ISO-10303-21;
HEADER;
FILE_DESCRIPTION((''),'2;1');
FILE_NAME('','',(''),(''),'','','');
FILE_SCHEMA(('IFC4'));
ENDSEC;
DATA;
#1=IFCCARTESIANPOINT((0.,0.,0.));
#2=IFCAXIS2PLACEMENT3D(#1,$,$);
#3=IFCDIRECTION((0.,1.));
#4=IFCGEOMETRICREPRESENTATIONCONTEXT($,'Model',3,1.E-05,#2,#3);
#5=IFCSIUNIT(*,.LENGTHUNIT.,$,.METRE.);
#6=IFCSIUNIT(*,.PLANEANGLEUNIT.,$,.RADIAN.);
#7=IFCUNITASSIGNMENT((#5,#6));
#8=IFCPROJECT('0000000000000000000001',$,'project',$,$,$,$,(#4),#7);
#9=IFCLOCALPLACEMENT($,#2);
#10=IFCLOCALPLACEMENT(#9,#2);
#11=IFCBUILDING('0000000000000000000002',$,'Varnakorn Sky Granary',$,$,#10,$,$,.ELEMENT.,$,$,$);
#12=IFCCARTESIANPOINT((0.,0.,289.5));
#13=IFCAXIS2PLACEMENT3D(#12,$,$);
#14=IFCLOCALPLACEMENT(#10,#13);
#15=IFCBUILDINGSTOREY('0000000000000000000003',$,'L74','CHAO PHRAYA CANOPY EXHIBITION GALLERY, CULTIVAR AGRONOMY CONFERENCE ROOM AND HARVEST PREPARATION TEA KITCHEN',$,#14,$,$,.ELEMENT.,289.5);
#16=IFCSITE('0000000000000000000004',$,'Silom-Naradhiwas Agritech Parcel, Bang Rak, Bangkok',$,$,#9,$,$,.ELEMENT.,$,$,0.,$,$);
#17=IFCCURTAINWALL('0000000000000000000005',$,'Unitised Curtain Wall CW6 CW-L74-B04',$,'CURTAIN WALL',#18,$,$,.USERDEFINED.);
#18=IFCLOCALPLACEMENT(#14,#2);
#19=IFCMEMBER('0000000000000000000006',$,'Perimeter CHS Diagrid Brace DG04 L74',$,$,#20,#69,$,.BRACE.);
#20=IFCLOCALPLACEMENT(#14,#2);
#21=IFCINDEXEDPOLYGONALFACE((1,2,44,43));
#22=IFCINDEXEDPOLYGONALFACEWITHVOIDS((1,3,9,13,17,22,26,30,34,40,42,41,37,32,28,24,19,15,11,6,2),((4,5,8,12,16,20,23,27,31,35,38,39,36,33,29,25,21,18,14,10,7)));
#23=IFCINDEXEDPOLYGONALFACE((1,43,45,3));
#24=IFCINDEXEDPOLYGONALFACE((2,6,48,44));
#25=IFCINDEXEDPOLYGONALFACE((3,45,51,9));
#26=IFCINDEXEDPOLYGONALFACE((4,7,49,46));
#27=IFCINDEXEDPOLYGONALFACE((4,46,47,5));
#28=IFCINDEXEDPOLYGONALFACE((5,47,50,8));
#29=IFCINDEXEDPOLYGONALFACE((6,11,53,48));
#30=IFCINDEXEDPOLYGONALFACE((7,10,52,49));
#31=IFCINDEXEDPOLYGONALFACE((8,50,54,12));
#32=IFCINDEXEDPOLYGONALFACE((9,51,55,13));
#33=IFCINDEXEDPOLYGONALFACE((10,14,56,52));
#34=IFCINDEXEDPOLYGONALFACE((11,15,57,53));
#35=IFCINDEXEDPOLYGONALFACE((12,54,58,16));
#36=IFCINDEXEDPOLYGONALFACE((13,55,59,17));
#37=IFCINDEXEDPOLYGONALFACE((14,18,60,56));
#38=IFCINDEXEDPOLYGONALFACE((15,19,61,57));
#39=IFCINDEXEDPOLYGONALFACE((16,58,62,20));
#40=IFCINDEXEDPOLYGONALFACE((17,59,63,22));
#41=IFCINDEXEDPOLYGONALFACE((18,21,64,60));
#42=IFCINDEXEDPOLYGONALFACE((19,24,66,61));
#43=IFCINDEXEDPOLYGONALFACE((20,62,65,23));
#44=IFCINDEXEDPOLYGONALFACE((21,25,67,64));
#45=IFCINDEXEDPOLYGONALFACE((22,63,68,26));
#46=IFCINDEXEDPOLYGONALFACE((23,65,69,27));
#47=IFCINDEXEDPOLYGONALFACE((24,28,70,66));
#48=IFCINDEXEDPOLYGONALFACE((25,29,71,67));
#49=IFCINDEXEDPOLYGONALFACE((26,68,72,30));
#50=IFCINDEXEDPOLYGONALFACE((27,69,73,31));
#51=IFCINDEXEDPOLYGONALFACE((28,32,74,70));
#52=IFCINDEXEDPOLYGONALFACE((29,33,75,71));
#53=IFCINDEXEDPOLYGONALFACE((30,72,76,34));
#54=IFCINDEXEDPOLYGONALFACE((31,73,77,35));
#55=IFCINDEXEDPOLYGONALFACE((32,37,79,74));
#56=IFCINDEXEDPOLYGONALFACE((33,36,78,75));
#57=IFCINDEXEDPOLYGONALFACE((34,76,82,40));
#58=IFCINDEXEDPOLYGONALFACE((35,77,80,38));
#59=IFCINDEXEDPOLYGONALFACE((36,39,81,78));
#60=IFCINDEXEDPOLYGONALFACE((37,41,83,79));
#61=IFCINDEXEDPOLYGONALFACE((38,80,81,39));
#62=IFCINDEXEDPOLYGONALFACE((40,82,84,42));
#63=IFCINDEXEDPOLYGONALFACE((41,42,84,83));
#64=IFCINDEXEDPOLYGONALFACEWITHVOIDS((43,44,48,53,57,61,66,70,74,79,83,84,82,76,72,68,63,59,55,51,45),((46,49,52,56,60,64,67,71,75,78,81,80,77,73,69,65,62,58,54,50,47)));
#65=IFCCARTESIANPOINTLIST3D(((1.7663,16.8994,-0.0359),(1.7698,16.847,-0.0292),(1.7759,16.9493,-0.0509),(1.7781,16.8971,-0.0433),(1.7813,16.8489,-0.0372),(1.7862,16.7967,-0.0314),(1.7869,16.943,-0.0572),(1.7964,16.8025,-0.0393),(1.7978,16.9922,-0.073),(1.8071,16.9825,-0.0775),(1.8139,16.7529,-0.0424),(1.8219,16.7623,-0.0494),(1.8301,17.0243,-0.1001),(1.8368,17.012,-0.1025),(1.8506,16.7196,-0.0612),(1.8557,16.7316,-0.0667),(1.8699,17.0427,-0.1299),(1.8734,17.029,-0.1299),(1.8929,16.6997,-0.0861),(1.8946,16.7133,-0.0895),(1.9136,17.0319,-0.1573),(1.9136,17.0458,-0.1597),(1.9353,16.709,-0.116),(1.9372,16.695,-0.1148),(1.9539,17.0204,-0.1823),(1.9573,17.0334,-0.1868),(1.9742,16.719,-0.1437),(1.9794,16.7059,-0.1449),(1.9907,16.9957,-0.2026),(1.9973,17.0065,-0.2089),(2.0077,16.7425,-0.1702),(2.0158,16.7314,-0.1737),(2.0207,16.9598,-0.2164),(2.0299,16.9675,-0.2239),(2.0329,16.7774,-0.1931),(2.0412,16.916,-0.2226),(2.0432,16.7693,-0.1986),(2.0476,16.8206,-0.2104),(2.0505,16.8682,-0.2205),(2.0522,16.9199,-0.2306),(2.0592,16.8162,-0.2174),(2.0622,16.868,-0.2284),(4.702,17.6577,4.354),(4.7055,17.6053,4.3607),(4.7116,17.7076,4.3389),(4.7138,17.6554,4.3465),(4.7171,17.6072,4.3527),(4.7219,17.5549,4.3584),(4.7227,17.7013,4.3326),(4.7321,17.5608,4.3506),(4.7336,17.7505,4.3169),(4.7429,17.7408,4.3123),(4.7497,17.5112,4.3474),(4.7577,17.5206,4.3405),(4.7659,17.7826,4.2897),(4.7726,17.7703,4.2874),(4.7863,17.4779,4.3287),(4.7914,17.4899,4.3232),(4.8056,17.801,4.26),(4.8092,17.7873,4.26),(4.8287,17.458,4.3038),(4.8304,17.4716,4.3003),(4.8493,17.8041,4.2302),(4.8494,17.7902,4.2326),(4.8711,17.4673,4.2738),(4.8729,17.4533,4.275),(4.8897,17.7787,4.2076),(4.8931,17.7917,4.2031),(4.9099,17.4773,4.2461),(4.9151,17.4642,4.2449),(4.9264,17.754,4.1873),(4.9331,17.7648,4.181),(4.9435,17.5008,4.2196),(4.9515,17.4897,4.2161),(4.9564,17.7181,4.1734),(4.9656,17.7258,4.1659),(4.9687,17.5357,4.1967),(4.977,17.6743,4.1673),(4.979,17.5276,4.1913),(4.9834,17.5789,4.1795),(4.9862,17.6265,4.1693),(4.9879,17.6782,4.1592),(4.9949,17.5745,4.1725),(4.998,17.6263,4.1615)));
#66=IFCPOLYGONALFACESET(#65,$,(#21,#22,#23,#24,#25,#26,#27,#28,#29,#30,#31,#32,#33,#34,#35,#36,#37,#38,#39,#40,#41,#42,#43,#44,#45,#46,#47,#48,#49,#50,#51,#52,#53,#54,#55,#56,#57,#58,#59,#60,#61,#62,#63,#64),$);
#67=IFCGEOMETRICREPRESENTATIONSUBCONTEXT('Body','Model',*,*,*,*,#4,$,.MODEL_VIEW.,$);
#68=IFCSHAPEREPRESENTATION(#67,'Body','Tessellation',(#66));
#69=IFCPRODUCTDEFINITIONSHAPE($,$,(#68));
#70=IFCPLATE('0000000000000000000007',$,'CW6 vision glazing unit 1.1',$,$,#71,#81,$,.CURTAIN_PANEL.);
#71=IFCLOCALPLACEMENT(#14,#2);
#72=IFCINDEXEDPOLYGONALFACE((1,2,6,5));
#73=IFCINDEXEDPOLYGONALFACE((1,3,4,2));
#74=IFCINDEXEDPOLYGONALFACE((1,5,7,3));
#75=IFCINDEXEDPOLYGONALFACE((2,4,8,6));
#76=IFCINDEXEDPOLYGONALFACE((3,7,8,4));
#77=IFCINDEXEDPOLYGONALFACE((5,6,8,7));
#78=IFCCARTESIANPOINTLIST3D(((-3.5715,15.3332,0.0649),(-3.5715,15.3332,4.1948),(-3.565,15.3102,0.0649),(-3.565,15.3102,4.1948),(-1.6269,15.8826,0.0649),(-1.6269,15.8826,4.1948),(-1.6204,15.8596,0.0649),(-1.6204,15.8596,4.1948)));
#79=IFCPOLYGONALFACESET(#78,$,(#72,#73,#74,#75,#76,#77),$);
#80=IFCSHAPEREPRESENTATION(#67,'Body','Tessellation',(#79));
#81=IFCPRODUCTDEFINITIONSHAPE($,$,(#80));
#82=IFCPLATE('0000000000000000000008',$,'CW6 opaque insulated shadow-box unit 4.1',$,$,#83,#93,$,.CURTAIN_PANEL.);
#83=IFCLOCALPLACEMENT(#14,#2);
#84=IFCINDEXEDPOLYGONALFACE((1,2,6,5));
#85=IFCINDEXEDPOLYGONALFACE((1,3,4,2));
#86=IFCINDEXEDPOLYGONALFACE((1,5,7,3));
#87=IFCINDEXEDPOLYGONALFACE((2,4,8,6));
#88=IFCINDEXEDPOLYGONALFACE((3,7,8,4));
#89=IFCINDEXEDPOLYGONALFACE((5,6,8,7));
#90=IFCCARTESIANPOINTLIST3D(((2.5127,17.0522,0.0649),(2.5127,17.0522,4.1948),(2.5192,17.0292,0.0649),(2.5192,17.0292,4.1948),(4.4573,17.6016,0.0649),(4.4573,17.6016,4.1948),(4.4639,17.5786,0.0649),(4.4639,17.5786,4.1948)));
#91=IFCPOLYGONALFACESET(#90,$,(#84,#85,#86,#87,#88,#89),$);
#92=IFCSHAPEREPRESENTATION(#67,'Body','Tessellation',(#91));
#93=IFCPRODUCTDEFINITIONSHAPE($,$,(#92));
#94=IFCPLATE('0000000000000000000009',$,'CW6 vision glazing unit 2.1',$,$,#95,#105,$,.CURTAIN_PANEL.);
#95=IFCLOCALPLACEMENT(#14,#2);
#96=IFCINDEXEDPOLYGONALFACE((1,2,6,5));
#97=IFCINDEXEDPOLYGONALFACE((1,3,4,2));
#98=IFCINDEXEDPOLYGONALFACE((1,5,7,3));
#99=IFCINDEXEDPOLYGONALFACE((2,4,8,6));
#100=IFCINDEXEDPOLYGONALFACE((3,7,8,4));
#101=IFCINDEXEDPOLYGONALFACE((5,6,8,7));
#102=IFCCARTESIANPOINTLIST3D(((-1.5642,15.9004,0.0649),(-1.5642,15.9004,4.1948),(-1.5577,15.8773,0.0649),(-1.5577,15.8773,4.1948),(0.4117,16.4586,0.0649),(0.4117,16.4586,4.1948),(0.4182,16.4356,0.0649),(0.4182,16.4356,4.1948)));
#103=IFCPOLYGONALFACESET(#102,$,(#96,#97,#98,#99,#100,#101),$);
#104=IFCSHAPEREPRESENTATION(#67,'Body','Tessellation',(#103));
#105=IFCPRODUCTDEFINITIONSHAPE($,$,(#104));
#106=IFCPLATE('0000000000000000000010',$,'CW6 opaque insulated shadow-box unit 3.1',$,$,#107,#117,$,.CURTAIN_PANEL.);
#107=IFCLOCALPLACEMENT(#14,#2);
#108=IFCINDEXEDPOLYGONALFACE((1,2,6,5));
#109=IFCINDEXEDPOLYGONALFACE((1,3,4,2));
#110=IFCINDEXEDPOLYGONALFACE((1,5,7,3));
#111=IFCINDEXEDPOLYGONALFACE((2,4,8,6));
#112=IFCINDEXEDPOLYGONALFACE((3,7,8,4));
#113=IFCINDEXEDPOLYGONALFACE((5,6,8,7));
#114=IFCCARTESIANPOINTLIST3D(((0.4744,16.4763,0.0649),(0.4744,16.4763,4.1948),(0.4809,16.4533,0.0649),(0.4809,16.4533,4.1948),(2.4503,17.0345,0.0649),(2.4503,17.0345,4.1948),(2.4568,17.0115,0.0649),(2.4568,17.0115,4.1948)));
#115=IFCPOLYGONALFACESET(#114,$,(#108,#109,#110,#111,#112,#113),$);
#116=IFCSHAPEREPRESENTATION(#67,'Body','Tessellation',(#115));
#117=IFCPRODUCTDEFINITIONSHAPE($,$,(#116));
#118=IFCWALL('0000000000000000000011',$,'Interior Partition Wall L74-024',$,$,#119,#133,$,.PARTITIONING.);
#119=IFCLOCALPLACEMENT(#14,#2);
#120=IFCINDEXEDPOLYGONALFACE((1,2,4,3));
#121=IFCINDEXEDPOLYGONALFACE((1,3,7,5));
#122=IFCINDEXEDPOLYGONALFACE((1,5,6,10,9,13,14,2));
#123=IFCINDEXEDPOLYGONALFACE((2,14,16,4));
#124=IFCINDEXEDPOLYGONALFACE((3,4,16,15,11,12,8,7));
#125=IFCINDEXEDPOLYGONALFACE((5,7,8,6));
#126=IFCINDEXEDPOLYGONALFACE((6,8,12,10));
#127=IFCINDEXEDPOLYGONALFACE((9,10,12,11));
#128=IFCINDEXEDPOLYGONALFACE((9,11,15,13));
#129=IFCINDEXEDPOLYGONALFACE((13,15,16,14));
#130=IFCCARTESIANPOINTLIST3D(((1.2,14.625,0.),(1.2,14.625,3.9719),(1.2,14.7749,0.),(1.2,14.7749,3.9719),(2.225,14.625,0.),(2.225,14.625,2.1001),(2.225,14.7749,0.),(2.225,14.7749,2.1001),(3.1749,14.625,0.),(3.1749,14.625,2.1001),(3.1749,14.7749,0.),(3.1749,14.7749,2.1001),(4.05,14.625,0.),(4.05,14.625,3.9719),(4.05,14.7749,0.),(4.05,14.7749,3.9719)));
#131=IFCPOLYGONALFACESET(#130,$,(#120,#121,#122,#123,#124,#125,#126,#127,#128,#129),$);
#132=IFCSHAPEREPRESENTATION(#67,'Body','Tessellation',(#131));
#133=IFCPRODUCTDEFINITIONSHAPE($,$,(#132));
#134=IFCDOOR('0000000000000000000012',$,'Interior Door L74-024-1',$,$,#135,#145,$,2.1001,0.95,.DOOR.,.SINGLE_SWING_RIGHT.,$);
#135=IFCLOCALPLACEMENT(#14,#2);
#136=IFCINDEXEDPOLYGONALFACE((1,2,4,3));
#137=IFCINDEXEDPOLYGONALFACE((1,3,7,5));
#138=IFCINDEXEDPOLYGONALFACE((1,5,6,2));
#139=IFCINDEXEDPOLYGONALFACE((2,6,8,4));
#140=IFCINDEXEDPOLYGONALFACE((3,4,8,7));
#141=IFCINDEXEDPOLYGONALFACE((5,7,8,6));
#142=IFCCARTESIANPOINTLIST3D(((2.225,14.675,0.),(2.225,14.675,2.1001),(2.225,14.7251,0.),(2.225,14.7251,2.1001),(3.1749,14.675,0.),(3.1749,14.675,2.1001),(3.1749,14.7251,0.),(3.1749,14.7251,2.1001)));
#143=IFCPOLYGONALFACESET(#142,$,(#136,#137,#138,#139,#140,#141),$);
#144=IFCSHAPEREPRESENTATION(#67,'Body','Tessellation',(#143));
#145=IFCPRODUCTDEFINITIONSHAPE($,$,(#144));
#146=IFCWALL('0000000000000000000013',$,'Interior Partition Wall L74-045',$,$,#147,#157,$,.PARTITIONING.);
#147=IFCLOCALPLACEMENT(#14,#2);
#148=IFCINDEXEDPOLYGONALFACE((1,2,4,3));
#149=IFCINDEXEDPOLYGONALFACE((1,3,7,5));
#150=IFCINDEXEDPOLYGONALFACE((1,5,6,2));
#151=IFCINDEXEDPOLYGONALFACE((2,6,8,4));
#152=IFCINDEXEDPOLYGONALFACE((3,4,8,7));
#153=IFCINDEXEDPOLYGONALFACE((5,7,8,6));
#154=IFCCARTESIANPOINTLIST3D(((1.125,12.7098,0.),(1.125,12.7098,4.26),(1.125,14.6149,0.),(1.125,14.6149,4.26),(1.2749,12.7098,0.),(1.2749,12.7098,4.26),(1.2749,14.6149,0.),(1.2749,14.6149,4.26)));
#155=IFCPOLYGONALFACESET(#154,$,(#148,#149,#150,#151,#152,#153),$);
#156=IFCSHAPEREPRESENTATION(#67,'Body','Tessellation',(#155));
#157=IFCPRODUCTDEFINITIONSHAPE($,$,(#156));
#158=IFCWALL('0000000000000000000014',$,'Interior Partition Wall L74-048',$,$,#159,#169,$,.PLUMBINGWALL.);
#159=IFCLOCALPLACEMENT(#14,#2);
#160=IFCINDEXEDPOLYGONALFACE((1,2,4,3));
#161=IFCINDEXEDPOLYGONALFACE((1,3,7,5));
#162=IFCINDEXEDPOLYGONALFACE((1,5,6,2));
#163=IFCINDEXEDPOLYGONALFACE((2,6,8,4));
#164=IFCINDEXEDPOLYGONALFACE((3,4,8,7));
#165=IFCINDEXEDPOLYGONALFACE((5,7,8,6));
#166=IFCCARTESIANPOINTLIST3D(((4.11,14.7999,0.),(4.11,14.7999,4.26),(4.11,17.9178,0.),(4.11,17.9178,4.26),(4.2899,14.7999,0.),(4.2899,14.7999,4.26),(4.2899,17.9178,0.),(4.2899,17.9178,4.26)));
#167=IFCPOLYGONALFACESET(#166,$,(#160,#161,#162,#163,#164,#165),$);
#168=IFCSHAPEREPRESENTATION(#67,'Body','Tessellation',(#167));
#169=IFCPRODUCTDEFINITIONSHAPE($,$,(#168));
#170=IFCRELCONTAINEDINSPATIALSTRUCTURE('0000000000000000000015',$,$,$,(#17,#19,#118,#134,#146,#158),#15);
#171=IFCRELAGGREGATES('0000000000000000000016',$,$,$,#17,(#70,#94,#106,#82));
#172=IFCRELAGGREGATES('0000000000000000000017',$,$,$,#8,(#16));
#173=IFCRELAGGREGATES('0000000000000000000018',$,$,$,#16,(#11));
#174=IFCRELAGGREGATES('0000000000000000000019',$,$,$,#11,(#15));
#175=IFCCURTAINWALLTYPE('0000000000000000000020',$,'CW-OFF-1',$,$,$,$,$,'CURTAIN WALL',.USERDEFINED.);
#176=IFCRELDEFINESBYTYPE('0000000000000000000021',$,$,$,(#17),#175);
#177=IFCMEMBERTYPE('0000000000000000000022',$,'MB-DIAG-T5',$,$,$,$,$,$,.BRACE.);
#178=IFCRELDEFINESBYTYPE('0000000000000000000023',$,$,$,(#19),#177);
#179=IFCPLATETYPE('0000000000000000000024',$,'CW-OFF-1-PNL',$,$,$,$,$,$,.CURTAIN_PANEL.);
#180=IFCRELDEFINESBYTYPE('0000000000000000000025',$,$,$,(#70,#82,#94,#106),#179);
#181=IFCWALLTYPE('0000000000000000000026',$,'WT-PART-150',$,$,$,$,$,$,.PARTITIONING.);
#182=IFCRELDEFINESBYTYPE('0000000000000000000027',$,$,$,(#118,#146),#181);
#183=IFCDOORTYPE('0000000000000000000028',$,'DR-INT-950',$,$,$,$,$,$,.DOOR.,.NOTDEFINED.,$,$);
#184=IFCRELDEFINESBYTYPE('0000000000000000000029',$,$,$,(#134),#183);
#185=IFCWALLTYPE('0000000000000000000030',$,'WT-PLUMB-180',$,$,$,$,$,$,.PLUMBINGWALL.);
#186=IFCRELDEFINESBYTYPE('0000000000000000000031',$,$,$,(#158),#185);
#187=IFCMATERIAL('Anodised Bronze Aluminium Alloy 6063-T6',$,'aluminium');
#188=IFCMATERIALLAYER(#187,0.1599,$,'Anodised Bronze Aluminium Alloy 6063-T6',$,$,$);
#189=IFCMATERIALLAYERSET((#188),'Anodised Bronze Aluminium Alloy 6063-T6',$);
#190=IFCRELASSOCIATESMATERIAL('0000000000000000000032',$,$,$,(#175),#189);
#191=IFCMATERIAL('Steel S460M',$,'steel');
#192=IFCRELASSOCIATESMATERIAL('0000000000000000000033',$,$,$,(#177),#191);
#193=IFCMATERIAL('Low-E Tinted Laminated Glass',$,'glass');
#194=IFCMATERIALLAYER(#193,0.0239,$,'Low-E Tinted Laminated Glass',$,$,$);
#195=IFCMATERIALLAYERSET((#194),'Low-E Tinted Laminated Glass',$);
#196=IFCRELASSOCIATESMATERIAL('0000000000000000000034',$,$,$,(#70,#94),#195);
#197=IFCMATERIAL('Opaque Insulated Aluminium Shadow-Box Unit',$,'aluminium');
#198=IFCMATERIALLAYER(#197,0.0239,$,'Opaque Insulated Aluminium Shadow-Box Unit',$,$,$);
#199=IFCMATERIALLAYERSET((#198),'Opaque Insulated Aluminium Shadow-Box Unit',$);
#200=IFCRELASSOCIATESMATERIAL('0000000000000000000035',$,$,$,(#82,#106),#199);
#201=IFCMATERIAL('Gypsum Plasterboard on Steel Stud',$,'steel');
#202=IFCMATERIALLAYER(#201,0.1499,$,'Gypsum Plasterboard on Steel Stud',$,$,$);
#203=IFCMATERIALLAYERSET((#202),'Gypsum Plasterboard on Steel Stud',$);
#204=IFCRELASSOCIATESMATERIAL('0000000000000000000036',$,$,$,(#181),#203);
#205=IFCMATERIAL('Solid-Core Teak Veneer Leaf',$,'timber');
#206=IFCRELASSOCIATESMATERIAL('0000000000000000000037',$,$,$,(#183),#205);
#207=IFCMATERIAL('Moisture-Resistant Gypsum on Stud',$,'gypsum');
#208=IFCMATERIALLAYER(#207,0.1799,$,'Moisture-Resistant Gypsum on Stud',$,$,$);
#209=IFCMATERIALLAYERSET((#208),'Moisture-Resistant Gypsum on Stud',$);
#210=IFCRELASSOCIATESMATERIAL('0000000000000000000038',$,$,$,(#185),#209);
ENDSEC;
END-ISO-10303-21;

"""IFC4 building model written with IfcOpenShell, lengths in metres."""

from ifc_helpers import new_model, si_unit, direction, frame, frame_2d, origin, origin_2d, place, context, subcontext, project, spatial, rectangle, hollow_circle, extrude, source, transform, mapped, material, layer, layer_set, material_profile, profile_set, type_object, type_shapes, element, fill, aggregate, save


model = new_model("IFC4")

# Units and contexts
model_context = context("Model", 3, precision=1e-05, world=origin(), true_north=direction((0.0, 1.0)))
body_context = subcontext(model_context, "Body", "Model", "MODEL_VIEW")
ifc_project = project(units=[si_unit("LENGTHUNIT", "METRE"), si_unit("PLANEANGLEUNIT", "RADIAN")], contexts=[model_context])

# Site, building, storey
site_placement = place(None, origin())
site = spatial("IfcSite", under=ifc_project, at=site_placement, Name="Silom-Naradhiwas Agritech Parcel, Bang Rak, Bangkok", CompositionType="ELEMENT", RefElevation=0.0)
building_placement = place(site_placement, origin())
building = spatial("IfcBuilding", under=site, at=building_placement, Name="Varnakorn Sky Granary", CompositionType="ELEMENT")
storey_placement = place(building_placement, frame((0.0, 0.0, 289.5)))
storey = spatial("IfcBuildingStorey", under=building, at=storey_placement, Name="L74", Description="CHAO PHRAYA CANOPY EXHIBITION GALLERY, CULTIVAR AGRONOMY CONFERENCE ROOM AND HARVEST PREPARATION TEA KITCHEN", CompositionType="ELEMENT", Elevation=289.5)

# Shared definitions
ifc_material_1 = material(Name="Steel S460M", Category="steel")

# Curtain wall
ifc_material_2 = material(Name="Anodised Bronze Aluminium Alloy 6063-T6", Category="aluminium")
ifc_layer_1 = layer(ifc_material_2, 0.1599, Name="Anodised Bronze Aluminium Alloy 6063-T6")
ifc_layer_set_1 = layer_set([ifc_layer_1], Name="Anodised Bronze Aluminium Alloy 6063-T6")
curtain_wall_type = type_object("IfcCurtainWallType", Name="CW-OFF-1", ElementType="CURTAIN WALL", PredefinedType="USERDEFINED", material=ifc_layer_set_1)
curtain_wall_placement = place(storey_placement, origin())
curtain_wall = element("IfcCurtainWall", 1, at=curtain_wall_placement, inside=storey, type_object=curtain_wall_type, Name="Unitised Curtain Wall CW6 CW-L74-B04", ObjectType="CURTAIN WALL", PredefinedType="USERDEFINED")

# Member
ifc_material_profile_1 = material_profile(ifc_material_1, hollow_circle(Radius=0.1777, WallThickness=0.0142, at=origin_2d()), Name="CHS 355.6x14")
ifc_profile_set_1 = profile_set([ifc_material_profile_1], Name="Steel S460M")
member_type_1 = type_object("IfcMemberType", Name="MB-DIAG-T5", PredefinedType="BRACE", material=ifc_profile_set_1)
member_1_placement = place(storey_placement, frame((1.9143, 16.8706, -0.1299), z_axis=(0.550262, 0.14213, 0.822807), x_axis=(-0.250087, 0.968223, 0.0)))
element("IfcMember", 2, at=member_1_placement, inside=storey, type_object=member_type_1, Name="Perimeter CHS Diagrid Brace DG04 L74", PredefinedType="BRACE", context=body_context, shape_type="SweptSolid", body=[
    extrude(hollow_circle(Radius=0.1777, WallThickness=0.0142, at=origin_2d()), origin(), (0.0, 0.0, 1.0), 5.3352),
])

# Plates
ifc_material_3 = material(Name="Low-E Tinted Laminated Glass", Category="glass")
ifc_layer_2 = layer(ifc_material_3, 0.0239, Name="Low-E Tinted Laminated Glass")
ifc_layer_set_2 = layer_set([ifc_layer_2], Name="Low-E Tinted Laminated Glass")
plate_type = type_object("IfcPlateType", Name="CW-OFF-1-PNL", PredefinedType="CURTAIN_PANEL")
shared_shape_1 = source(origin(), body_context, "Body", "SweptSolid", [
    extrude(rectangle(XDim=2.0208, YDim=0.0239, at=origin_2d()), origin(), (0.0, 0.0, 1.0), 4.1299),
])
plate_1_placement = place(storey_placement, frame((-2.5959, 15.5964, 0.0649), z_axis=(0.0, 0.0, 1.0), x_axis=(0.962332, 0.271878, 0.0)))
plate_1 = element("IfcPlate", 3, at=plate_1_placement, type_object=plate_type, material=ifc_layer_set_2, Name="CW6 vision glazing unit 1.1", PredefinedType="CURTAIN_PANEL", context=body_context, shape_type="MappedRepresentation", body=[
    mapped(shared_shape_1, transform((0.0, 0.0, 0.0), x_axis=(1.0, 0.0, 0.0), y_axis=(0.0, 1.0, 0.0), z_axis=(0.0, 0.0, 1.0), scale=1.0)),
])
ifc_material_4 = material(Name="Opaque Insulated Aluminium Shadow-Box Unit", Category="aluminium")
ifc_layer_3 = layer(ifc_material_4, 0.0239, Name="Opaque Insulated Aluminium Shadow-Box Unit")
ifc_layer_set_3 = layer_set([ifc_layer_3], Name="Opaque Insulated Aluminium Shadow-Box Unit")
plate_2_placement = place(storey_placement, frame((3.4883, 17.3154, 0.0649), z_axis=(0.0, 0.0, 1.0), x_axis=(0.962332, 0.271878, 0.0)))
plate_2 = element("IfcPlate", 4, at=plate_2_placement, type_object=plate_type, material=ifc_layer_set_3, Name="CW6 opaque insulated shadow-box unit 4.1", PredefinedType="CURTAIN_PANEL", context=body_context, shape_type="MappedRepresentation", body=[
    mapped(shared_shape_1, transform((0.0, 0.0, 0.0), x_axis=(1.0, 0.0, 0.0), y_axis=(0.0, 1.0, 0.0), z_axis=(0.0, 0.0, 1.0), scale=1.0)),
])
shared_shape_2 = source(origin(), body_context, "Body", "SweptSolid", [
    extrude(rectangle(XDim=2.0532, YDim=0.0239, at=origin_2d()), origin(), (0.0, 0.0, 1.0), 4.1299),
])
type_shapes(plate_type, [shared_shape_1, shared_shape_2])
plate_3_placement = place(storey_placement, frame((-0.573, 16.168, 0.0649), z_axis=(0.0, 0.0, 1.0), x_axis=(0.962332, 0.271878, 0.0)))
plate_3 = element("IfcPlate", 5, at=plate_3_placement, type_object=plate_type, material=ifc_layer_set_2, Name="CW6 vision glazing unit 2.1", PredefinedType="CURTAIN_PANEL", context=body_context, shape_type="MappedRepresentation", body=[
    mapped(shared_shape_2, transform((0.0, 0.0, 0.0), x_axis=(1.0, 0.0, 0.0), y_axis=(0.0, 1.0, 0.0), z_axis=(0.0, 0.0, 1.0), scale=1.0)),
])
plate_4_placement = place(storey_placement, frame((1.4656, 16.7439, 0.0649), z_axis=(0.0, 0.0, 1.0), x_axis=(0.962332, 0.271878, 0.0)))
plate_4 = element("IfcPlate", 6, at=plate_4_placement, type_object=plate_type, material=ifc_layer_set_3, Name="CW6 opaque insulated shadow-box unit 3.1", PredefinedType="CURTAIN_PANEL", context=body_context, shape_type="MappedRepresentation", body=[
    mapped(shared_shape_2, transform((0.0, 0.0, 0.0), x_axis=(1.0, 0.0, 0.0), y_axis=(0.0, 1.0, 0.0), z_axis=(0.0, 0.0, 1.0), scale=1.0)),
])
aggregate(curtain_wall, [plate_1, plate_3, plate_4, plate_2])

# Wall, opening, door
ifc_material_5 = material(Name="Gypsum Plasterboard on Steel Stud", Category="steel")
ifc_layer_4 = layer(ifc_material_5, 0.1499, Name="Gypsum Plasterboard on Steel Stud")
ifc_layer_set_4 = layer_set([ifc_layer_4], Name="Gypsum Plasterboard on Steel Stud")
wall_type_1 = type_object("IfcWallType", Name="WT-PART-150", PredefinedType="PARTITIONING", material=ifc_layer_set_4)
wall_1_placement = place(storey_placement, frame((4.05, 14.7, 0.0), z_axis=(0.0, 0.0, 1.0), x_axis=(-1.0, 0.0, 0.0)))
wall_1 = element("IfcWall", 7, at=wall_1_placement, inside=storey, type_object=wall_type_1, Name="Interior Partition Wall L74-024", PredefinedType="PARTITIONING", context=body_context, shape_type="SweptSolid", body=[
    extrude(rectangle(XDim=2.8501, YDim=0.1499, at=frame_2d((1.425, 0.0))), origin(), (0.0, 0.0, 1.0), 3.9719),
])
opening_placement = place(wall_1_placement, frame((0.875, 0.0, 0.0)))
opening = element("IfcOpeningElement", 8, at=opening_placement, cuts=wall_1, PredefinedType="OPENING", context=body_context, shape_type="SweptSolid", body=[
    extrude(rectangle(XDim=0.95, YDim=2.1001, at=frame_2d((0.4751, 1.05))), frame((0.0, 0.085, 0.0), z_axis=(0.0, -1.0, 0.0), x_axis=(1.0, 0.0, 0.0)), (0.0, 0.0, 1.0), 0.1699),
])
ifc_material_6 = material(Name="Solid-Core Teak Veneer Leaf", Category="timber")
door_type = type_object("IfcDoorType", Name="DR-INT-950", OperationType="NOTDEFINED", PredefinedType="DOOR", material=ifc_material_6)
door_placement = place(opening_placement, origin())
door = element("IfcDoor", 9, at=door_placement, inside=storey, type_object=door_type, Name="Interior Door L74-024-1", OperationType="SINGLE_SWING_RIGHT", OverallHeight=2.1001, OverallWidth=0.95, PredefinedType="DOOR", context=body_context, shape_type="SweptSolid", body=[
    extrude(rectangle(XDim=0.95, YDim=2.1001, at=frame_2d((0.4751, 1.05))), frame((0.0, 0.0249, 0.0), z_axis=(0.0, -1.0, 0.0), x_axis=(1.0, 0.0, 0.0)), (0.0, 0.0, 1.0), 0.05),
])
fill(opening, door)

# Walls
wall_2_placement = place(storey_placement, frame((1.2, 14.615, 0.0), z_axis=(0.0, 0.0, 1.0), x_axis=(0.0, -1.0, 0.0)))
element("IfcWall", 10, at=wall_2_placement, inside=storey, type_object=wall_type_1, Name="Interior Partition Wall L74-045", PredefinedType="PARTITIONING", context=body_context, shape_type="SweptSolid", body=[
    extrude(rectangle(XDim=1.905, YDim=0.1499, at=frame_2d((0.9526, 0.0))), origin(), (0.0, 0.0, 1.0), 4.26),
])
ifc_material_7 = material(Name="Moisture-Resistant Gypsum on Stud", Category="gypsum")
ifc_layer_5 = layer(ifc_material_7, 0.1799, Name="Moisture-Resistant Gypsum on Stud")
ifc_layer_set_5 = layer_set([ifc_layer_5], Name="Moisture-Resistant Gypsum on Stud")
wall_type_2 = type_object("IfcWallType", Name="WT-PLUMB-180", PredefinedType="PLUMBINGWALL", material=ifc_layer_set_5)
wall_3_placement = place(storey_placement, frame((4.2, 17.918, 0.0), z_axis=(0.0, 0.0, 1.0), x_axis=(0.0, -1.0, 0.0)))
element("IfcWall", 11, at=wall_3_placement, inside=storey, type_object=wall_type_2, Name="Interior Partition Wall L74-048", PredefinedType="PLUMBINGWALL", context=body_context, shape_type="SweptSolid", body=[
    extrude(rectangle(XDim=3.1179, YDim=0.1799, at=frame_2d((1.5591, 0.0))), origin(), (0.0, 0.0, 1.0), 4.26),
])

save(model, "model.ifc")
